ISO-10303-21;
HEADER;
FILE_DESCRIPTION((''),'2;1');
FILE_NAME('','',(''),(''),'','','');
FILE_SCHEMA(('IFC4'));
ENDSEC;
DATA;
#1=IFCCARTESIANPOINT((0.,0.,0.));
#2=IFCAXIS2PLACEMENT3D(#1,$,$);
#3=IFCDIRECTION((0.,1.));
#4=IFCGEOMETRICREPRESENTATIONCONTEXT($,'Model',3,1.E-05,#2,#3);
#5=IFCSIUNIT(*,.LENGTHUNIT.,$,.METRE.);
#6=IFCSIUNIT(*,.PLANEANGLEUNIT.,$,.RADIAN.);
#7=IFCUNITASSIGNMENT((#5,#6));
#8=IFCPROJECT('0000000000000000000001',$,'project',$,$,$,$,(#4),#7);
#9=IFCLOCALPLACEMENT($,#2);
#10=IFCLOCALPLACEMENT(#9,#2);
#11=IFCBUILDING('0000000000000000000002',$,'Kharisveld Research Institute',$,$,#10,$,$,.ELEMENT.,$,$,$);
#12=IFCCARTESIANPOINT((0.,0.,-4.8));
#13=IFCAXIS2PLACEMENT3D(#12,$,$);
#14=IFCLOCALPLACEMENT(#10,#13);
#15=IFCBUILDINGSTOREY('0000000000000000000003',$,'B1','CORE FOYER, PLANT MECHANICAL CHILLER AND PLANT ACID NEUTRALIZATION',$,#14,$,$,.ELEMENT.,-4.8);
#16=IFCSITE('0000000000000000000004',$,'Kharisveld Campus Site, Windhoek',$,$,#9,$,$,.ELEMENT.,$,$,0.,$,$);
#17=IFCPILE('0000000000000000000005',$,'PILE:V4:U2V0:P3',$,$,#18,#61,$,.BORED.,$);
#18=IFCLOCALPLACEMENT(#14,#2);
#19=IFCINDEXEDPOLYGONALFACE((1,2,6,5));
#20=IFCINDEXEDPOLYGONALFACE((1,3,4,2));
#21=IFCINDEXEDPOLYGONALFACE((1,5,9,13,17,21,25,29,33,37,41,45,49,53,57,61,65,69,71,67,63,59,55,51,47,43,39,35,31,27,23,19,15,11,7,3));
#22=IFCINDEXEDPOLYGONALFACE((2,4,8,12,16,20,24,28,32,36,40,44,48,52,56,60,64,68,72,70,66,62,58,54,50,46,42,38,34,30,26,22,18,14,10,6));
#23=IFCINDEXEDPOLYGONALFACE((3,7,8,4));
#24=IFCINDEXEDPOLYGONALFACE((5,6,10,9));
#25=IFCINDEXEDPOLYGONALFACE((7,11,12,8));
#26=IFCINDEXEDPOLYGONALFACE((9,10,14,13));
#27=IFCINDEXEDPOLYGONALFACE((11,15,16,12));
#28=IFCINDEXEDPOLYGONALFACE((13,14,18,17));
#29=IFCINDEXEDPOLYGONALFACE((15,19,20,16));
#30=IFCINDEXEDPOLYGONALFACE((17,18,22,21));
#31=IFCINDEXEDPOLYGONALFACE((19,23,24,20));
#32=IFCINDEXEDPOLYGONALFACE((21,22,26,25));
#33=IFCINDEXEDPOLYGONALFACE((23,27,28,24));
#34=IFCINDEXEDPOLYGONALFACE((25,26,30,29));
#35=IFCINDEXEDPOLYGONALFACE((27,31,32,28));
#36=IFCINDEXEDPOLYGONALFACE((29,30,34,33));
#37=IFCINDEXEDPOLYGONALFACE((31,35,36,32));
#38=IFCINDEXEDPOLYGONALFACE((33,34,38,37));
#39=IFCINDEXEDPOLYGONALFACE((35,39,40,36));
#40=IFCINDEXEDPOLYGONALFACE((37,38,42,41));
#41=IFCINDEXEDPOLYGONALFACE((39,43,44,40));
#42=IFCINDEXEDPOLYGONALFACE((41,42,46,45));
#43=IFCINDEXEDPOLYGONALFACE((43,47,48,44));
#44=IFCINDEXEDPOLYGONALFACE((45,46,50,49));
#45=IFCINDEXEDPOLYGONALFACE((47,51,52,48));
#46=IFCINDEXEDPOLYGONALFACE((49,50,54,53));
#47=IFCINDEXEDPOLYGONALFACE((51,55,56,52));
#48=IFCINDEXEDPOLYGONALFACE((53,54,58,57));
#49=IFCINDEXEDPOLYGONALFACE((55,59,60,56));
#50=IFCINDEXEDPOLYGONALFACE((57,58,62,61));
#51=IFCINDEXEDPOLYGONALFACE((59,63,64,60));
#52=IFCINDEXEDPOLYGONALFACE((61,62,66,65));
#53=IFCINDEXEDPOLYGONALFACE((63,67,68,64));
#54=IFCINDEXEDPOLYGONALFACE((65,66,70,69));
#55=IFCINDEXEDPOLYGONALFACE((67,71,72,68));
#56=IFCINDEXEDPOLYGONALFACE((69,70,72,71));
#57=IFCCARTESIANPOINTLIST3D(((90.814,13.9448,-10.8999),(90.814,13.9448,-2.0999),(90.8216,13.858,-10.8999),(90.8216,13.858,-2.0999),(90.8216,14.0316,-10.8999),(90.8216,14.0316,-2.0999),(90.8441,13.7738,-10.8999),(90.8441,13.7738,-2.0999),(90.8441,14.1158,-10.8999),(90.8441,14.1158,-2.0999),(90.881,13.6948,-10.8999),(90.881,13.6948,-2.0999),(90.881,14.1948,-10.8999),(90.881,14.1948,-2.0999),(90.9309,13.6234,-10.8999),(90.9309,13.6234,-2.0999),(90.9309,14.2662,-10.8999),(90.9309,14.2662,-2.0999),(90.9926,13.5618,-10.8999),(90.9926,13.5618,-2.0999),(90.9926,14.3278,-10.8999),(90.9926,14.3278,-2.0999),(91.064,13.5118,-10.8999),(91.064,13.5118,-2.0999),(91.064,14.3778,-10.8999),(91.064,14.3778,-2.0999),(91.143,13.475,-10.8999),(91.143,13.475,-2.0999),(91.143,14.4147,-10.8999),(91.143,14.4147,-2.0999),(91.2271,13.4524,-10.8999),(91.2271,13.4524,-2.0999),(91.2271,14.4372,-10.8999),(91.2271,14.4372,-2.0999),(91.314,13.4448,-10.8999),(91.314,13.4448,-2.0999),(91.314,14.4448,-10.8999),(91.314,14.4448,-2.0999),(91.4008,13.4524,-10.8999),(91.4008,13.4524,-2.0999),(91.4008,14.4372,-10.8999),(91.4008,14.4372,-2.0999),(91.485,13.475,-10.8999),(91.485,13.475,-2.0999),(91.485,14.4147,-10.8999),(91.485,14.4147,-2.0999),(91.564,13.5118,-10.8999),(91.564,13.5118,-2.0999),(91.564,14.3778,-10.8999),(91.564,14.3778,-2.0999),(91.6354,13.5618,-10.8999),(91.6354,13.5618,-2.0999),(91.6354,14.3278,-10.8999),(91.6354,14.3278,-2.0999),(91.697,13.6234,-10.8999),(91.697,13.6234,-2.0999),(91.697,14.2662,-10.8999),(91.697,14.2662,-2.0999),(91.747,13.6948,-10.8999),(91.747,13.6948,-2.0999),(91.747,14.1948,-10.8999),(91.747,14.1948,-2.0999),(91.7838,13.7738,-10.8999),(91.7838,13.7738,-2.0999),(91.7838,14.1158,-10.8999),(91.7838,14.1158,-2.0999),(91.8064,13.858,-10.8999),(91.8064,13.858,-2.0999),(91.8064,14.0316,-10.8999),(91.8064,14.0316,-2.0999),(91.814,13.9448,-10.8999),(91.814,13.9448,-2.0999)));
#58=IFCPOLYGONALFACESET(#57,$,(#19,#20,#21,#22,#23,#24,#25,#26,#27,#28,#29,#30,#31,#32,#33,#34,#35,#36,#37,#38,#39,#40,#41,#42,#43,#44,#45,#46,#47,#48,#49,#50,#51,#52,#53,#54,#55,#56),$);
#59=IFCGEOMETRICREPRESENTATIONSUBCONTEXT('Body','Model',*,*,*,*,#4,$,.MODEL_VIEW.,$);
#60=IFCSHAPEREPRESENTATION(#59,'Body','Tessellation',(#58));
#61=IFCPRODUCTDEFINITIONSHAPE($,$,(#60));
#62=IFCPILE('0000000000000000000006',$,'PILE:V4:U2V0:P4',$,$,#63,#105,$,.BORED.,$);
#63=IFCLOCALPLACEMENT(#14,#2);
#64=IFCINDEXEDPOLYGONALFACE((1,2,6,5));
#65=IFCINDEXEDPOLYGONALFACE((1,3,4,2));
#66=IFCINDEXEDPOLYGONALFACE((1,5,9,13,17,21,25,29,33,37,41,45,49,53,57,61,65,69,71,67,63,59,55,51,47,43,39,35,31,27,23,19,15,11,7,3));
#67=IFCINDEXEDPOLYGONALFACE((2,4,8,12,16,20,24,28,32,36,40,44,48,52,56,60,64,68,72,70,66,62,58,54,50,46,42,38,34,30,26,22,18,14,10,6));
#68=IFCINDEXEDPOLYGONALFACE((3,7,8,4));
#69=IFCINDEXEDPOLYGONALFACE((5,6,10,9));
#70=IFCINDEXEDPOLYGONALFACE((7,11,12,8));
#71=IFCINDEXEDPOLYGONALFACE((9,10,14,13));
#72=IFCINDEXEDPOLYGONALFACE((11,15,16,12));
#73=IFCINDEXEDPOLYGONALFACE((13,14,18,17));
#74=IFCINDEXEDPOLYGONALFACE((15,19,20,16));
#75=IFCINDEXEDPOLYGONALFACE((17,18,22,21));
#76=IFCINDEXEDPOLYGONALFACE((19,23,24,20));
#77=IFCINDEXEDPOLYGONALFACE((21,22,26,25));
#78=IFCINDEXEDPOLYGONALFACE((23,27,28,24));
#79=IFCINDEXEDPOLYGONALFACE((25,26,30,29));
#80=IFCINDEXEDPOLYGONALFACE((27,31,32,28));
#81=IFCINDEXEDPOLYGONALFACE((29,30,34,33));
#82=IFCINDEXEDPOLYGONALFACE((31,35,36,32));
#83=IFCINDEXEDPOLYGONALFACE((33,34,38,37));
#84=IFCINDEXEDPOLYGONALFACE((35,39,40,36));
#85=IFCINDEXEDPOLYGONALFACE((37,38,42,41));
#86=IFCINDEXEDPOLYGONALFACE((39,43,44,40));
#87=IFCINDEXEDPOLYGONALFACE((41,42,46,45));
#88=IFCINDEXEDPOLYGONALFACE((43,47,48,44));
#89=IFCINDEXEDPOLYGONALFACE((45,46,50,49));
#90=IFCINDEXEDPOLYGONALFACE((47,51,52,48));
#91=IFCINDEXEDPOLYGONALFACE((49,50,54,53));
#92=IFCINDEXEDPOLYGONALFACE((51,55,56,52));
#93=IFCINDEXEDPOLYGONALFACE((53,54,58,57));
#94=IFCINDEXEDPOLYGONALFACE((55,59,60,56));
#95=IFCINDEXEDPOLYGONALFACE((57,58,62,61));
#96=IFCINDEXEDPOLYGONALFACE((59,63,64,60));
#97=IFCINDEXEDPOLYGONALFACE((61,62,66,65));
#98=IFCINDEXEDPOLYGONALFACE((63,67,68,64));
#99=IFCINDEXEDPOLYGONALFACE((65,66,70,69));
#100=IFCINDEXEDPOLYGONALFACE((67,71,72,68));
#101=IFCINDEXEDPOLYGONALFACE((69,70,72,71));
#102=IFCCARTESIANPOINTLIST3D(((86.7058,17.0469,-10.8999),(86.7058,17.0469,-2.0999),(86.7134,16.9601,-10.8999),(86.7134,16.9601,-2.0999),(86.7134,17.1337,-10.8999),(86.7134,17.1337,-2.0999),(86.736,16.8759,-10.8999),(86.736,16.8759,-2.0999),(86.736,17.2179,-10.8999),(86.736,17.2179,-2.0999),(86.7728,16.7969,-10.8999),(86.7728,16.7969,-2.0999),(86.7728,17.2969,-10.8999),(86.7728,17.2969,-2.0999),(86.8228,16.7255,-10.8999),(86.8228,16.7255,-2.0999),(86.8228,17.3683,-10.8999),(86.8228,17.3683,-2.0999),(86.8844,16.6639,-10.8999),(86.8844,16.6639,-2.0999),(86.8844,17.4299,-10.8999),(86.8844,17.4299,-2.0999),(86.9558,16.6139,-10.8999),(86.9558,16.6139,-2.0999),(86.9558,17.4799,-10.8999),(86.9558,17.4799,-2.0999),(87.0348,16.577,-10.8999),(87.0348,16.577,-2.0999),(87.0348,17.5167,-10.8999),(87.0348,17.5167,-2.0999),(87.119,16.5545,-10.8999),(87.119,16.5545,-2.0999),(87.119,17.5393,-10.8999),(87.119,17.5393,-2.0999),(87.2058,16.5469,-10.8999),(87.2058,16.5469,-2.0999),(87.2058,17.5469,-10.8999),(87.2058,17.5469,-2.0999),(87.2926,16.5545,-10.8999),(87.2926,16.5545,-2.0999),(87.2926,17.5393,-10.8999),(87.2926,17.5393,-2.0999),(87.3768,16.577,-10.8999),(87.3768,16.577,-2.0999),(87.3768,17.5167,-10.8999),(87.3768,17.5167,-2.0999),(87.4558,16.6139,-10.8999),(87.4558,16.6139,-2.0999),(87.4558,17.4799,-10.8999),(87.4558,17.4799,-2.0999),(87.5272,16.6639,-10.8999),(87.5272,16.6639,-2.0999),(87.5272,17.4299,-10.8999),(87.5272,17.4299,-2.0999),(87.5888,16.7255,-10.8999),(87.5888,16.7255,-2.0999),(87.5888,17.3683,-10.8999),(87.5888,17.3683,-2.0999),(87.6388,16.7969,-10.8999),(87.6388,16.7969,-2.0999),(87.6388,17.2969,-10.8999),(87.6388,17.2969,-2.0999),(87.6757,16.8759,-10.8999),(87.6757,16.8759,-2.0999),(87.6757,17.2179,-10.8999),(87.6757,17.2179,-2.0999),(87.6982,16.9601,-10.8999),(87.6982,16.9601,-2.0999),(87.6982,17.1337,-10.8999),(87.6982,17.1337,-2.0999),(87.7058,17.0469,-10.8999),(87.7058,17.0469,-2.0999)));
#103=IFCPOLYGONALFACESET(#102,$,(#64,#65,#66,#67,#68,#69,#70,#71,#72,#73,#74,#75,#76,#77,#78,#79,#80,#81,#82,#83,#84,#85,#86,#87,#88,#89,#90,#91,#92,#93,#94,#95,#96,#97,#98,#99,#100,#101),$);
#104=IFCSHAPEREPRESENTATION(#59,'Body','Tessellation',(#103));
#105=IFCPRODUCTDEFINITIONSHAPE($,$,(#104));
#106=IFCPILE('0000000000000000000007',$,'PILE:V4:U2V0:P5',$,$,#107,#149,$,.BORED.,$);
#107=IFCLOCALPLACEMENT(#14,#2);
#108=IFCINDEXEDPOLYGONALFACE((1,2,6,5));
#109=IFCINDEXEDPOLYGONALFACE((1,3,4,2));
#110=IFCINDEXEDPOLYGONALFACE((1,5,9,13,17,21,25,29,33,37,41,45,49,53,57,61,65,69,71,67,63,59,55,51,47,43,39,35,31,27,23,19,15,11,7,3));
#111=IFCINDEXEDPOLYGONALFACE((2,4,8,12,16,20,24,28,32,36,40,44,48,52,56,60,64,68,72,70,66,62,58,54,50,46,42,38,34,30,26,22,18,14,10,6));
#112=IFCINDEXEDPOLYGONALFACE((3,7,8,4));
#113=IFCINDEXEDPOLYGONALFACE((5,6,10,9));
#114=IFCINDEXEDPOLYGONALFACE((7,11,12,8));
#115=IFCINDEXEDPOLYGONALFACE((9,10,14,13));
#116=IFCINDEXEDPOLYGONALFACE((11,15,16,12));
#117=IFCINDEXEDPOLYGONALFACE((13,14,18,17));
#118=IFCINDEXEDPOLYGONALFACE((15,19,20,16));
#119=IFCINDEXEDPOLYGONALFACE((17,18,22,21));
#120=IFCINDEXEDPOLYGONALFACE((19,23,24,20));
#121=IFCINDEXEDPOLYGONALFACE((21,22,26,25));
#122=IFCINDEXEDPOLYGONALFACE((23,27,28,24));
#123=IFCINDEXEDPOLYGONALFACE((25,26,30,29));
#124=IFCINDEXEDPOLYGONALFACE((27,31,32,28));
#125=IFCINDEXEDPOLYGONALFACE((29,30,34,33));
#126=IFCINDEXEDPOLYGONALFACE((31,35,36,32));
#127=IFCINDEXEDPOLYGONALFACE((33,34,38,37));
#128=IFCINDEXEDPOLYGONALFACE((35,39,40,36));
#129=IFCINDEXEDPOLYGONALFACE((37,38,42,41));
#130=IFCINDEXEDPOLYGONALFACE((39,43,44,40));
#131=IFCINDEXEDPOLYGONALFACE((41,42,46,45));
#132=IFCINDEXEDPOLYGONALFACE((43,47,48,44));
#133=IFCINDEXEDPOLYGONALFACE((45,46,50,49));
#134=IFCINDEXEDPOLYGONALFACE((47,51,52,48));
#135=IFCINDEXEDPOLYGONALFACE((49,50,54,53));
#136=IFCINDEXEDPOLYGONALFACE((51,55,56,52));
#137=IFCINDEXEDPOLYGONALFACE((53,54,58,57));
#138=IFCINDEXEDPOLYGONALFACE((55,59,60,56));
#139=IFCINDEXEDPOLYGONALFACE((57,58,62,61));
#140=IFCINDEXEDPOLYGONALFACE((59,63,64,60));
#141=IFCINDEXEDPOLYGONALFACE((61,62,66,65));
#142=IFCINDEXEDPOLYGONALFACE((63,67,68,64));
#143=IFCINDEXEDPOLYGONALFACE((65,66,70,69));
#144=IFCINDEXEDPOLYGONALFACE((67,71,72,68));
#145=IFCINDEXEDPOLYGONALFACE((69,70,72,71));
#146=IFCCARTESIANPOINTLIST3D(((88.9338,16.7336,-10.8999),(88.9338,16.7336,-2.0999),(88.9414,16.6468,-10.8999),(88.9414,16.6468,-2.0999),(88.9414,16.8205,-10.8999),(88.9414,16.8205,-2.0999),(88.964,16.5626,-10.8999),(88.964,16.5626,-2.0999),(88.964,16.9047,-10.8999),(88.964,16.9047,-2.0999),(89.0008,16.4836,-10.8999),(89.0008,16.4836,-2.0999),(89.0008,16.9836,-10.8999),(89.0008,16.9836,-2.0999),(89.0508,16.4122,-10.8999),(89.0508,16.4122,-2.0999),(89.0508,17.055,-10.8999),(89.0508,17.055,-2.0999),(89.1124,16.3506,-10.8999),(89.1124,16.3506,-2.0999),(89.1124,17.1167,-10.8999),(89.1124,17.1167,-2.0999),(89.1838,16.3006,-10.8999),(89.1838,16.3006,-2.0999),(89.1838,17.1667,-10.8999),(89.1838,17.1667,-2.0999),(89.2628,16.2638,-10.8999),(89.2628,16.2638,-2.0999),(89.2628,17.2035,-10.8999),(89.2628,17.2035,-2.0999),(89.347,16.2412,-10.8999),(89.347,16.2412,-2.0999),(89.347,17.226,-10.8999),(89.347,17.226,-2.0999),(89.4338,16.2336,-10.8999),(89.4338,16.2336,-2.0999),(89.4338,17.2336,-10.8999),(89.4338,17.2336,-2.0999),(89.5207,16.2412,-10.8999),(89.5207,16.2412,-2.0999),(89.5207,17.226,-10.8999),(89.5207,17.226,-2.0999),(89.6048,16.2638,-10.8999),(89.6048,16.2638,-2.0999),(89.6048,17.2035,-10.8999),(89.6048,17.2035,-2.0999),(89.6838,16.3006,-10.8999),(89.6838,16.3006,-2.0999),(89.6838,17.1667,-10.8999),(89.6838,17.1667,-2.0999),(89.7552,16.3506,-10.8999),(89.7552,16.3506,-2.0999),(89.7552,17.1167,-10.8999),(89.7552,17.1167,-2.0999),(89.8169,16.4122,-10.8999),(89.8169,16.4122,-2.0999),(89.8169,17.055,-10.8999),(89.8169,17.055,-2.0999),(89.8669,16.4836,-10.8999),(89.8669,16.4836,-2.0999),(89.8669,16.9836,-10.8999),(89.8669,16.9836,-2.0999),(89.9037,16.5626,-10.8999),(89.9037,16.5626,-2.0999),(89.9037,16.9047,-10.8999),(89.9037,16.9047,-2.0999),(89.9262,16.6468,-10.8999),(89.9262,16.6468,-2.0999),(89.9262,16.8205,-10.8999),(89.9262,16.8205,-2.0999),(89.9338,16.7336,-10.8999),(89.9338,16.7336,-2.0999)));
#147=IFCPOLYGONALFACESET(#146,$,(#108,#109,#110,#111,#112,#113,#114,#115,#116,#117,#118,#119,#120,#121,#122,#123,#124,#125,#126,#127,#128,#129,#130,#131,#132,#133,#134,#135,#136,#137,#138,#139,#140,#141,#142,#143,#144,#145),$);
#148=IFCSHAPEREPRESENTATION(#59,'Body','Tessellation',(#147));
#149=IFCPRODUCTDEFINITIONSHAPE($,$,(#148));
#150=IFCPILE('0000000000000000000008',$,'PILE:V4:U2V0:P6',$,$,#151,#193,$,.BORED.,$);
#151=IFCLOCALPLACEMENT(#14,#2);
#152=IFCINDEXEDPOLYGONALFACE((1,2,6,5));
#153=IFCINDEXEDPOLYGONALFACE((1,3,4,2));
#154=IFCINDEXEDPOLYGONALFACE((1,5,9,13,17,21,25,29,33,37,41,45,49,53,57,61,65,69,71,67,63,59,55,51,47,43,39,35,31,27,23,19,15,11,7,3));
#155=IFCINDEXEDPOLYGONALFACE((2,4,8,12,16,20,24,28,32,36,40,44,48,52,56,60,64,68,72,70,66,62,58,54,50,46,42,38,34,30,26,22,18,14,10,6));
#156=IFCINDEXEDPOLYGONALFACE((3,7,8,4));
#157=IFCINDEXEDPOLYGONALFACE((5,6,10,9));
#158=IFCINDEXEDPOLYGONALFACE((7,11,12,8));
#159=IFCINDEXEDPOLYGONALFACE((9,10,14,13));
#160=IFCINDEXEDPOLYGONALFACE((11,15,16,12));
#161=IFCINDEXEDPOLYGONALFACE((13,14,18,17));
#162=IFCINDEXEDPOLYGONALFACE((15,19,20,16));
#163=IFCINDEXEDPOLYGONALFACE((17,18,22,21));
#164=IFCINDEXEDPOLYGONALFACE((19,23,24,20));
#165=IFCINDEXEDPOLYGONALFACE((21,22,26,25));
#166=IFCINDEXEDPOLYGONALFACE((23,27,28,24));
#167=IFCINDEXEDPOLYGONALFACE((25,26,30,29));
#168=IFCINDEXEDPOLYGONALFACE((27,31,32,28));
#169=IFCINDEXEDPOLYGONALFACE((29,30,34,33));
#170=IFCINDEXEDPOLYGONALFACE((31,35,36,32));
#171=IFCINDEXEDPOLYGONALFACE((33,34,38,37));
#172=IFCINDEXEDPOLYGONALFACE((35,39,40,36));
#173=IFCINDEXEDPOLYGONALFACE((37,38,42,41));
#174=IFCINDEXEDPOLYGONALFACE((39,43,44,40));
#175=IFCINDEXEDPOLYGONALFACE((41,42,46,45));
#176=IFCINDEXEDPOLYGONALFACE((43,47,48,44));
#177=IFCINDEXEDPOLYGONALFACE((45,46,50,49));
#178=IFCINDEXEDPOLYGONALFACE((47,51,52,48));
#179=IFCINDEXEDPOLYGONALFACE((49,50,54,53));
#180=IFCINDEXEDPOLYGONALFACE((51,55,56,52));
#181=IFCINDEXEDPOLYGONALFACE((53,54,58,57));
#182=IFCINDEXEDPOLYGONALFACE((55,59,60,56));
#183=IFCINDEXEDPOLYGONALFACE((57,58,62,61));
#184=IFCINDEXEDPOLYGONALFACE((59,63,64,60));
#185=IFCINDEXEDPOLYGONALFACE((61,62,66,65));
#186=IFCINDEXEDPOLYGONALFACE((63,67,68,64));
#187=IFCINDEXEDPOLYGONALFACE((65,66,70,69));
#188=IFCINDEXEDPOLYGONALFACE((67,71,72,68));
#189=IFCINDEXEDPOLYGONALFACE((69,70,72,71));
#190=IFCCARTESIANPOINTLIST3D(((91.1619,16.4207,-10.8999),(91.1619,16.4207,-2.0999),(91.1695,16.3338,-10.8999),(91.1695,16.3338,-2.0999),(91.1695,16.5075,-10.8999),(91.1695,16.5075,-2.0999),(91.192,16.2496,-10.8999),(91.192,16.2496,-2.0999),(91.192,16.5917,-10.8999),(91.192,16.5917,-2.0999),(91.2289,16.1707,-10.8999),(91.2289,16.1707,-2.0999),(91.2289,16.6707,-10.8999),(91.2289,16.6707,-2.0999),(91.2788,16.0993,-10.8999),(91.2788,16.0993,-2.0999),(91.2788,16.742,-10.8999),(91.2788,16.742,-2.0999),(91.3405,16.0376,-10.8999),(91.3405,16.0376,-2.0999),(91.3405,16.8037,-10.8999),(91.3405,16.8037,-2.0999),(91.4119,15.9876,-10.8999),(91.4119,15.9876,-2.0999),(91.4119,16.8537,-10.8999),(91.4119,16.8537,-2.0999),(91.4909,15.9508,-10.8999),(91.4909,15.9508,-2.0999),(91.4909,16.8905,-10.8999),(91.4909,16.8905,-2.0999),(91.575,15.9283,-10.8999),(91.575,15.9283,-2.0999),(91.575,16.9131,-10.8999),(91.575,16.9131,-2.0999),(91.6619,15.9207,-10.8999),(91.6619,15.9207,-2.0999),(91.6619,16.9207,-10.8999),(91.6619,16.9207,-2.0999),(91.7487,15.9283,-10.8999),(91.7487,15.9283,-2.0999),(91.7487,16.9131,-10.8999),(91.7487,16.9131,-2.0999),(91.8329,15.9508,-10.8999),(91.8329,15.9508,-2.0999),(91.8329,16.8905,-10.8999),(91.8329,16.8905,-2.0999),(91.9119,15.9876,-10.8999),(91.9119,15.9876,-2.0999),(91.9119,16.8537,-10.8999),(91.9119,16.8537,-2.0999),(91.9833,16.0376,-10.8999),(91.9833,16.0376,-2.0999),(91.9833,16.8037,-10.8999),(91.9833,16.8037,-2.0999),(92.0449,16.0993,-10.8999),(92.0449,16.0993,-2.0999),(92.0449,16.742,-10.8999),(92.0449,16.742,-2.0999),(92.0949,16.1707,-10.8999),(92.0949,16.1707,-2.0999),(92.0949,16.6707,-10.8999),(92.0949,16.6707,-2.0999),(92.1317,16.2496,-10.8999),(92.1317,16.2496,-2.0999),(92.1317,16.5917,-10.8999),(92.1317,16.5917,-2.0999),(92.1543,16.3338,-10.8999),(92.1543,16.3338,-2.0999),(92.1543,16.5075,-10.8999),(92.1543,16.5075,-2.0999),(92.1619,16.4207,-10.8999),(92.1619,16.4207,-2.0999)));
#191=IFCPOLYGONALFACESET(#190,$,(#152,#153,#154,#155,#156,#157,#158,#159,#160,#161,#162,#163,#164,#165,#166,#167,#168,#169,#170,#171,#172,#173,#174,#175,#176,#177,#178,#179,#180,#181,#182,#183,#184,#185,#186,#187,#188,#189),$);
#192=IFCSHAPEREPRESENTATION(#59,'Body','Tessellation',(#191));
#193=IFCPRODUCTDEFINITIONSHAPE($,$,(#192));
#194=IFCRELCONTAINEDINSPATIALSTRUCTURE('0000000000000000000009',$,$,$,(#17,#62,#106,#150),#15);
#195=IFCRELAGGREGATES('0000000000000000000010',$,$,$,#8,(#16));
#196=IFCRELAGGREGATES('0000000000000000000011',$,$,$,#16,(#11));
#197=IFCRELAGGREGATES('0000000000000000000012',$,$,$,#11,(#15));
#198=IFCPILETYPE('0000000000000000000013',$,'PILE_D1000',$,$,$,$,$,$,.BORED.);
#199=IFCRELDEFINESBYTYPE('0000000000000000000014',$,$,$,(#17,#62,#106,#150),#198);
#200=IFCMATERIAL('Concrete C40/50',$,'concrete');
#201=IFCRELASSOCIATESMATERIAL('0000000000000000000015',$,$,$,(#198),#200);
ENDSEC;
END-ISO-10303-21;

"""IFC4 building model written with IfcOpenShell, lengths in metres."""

from ifc_helpers import new_model, si_unit, direction, frame, origin, origin_2d, place, context, subcontext, project, spatial, circle, extrude, material, material_profile, profile_set, type_object, element, save


model = new_model("IFC4")

# Units and contexts
model_context = context("Model", 3, precision=1e-05, world=origin(), true_north=direction((0.0, 1.0)))
body_context = subcontext(model_context, "Body", "Model", "MODEL_VIEW")
ifc_project = project(units=[si_unit("LENGTHUNIT", "METRE"), si_unit("PLANEANGLEUNIT", "RADIAN")], contexts=[model_context])

# Site, building, storey
site_placement = place(None, origin())
site = spatial("IfcSite", under=ifc_project, at=site_placement, Name="Kharisveld Campus Site, Windhoek", CompositionType="ELEMENT", RefElevation=0.0)
building_placement = place(site_placement, origin())
building = spatial("IfcBuilding", under=site, at=building_placement, Name="Kharisveld Research Institute", CompositionType="ELEMENT")
storey_placement = place(building_placement, frame((0.0, 0.0, -4.8)))
storey = spatial("IfcBuildingStorey", under=building, at=storey_placement, Name="B1", Description="CORE FOYER, PLANT MECHANICAL CHILLER AND PLANT ACID NEUTRALIZATION", CompositionType="ELEMENT", Elevation=-4.8)

# Piles
ifc_material_1 = material(Name="Concrete C40/50", Category="concrete")
ifc_material_profile_1 = material_profile(ifc_material_1, circle(Radius=0.5, at=origin_2d()))
ifc_profile_set_1 = profile_set([ifc_material_profile_1], Name="Concrete C40/50")
pile_type = type_object("IfcPileType", Name="PILE_D1000", PredefinedType="BORED", material=ifc_profile_set_1)
for number, where, z_axis, x_axis, name in (
    (1, (91.314, 13.9448, -2.0999), (0.0, 0.0, -1.0), (1.0, 0.0, 0.0), "PILE:V4:U2V0:P3"),
    (2, (87.2058, 17.0469, -2.0999), (0.0, 0.0, -1.0), (1.0, 0.0, 0.0), "PILE:V4:U2V0:P4"),
    (3, (89.4338, 16.7336, -2.0999), (0.0, 0.0, -1.0), (1.0, 0.0, 0.0), "PILE:V4:U2V0:P5"),
    (4, (91.6619, 16.4207, -2.0999), (0.0, 0.0, -1.0), (1.0, 0.0, 0.0), "PILE:V4:U2V0:P6"),
):
    element("IfcPile", number, at=place(storey_placement, frame(where, z_axis=z_axis, x_axis=x_axis)), inside=storey, type_object=pile_type, Name=name, PredefinedType="BORED", context=body_context, shape_type="SweptSolid", body=[
        extrude(circle(Radius=0.5, at=origin_2d()), origin(), (0.0, 0.0, 1.0), 8.8),
    ])

save(model, "model.ifc")
